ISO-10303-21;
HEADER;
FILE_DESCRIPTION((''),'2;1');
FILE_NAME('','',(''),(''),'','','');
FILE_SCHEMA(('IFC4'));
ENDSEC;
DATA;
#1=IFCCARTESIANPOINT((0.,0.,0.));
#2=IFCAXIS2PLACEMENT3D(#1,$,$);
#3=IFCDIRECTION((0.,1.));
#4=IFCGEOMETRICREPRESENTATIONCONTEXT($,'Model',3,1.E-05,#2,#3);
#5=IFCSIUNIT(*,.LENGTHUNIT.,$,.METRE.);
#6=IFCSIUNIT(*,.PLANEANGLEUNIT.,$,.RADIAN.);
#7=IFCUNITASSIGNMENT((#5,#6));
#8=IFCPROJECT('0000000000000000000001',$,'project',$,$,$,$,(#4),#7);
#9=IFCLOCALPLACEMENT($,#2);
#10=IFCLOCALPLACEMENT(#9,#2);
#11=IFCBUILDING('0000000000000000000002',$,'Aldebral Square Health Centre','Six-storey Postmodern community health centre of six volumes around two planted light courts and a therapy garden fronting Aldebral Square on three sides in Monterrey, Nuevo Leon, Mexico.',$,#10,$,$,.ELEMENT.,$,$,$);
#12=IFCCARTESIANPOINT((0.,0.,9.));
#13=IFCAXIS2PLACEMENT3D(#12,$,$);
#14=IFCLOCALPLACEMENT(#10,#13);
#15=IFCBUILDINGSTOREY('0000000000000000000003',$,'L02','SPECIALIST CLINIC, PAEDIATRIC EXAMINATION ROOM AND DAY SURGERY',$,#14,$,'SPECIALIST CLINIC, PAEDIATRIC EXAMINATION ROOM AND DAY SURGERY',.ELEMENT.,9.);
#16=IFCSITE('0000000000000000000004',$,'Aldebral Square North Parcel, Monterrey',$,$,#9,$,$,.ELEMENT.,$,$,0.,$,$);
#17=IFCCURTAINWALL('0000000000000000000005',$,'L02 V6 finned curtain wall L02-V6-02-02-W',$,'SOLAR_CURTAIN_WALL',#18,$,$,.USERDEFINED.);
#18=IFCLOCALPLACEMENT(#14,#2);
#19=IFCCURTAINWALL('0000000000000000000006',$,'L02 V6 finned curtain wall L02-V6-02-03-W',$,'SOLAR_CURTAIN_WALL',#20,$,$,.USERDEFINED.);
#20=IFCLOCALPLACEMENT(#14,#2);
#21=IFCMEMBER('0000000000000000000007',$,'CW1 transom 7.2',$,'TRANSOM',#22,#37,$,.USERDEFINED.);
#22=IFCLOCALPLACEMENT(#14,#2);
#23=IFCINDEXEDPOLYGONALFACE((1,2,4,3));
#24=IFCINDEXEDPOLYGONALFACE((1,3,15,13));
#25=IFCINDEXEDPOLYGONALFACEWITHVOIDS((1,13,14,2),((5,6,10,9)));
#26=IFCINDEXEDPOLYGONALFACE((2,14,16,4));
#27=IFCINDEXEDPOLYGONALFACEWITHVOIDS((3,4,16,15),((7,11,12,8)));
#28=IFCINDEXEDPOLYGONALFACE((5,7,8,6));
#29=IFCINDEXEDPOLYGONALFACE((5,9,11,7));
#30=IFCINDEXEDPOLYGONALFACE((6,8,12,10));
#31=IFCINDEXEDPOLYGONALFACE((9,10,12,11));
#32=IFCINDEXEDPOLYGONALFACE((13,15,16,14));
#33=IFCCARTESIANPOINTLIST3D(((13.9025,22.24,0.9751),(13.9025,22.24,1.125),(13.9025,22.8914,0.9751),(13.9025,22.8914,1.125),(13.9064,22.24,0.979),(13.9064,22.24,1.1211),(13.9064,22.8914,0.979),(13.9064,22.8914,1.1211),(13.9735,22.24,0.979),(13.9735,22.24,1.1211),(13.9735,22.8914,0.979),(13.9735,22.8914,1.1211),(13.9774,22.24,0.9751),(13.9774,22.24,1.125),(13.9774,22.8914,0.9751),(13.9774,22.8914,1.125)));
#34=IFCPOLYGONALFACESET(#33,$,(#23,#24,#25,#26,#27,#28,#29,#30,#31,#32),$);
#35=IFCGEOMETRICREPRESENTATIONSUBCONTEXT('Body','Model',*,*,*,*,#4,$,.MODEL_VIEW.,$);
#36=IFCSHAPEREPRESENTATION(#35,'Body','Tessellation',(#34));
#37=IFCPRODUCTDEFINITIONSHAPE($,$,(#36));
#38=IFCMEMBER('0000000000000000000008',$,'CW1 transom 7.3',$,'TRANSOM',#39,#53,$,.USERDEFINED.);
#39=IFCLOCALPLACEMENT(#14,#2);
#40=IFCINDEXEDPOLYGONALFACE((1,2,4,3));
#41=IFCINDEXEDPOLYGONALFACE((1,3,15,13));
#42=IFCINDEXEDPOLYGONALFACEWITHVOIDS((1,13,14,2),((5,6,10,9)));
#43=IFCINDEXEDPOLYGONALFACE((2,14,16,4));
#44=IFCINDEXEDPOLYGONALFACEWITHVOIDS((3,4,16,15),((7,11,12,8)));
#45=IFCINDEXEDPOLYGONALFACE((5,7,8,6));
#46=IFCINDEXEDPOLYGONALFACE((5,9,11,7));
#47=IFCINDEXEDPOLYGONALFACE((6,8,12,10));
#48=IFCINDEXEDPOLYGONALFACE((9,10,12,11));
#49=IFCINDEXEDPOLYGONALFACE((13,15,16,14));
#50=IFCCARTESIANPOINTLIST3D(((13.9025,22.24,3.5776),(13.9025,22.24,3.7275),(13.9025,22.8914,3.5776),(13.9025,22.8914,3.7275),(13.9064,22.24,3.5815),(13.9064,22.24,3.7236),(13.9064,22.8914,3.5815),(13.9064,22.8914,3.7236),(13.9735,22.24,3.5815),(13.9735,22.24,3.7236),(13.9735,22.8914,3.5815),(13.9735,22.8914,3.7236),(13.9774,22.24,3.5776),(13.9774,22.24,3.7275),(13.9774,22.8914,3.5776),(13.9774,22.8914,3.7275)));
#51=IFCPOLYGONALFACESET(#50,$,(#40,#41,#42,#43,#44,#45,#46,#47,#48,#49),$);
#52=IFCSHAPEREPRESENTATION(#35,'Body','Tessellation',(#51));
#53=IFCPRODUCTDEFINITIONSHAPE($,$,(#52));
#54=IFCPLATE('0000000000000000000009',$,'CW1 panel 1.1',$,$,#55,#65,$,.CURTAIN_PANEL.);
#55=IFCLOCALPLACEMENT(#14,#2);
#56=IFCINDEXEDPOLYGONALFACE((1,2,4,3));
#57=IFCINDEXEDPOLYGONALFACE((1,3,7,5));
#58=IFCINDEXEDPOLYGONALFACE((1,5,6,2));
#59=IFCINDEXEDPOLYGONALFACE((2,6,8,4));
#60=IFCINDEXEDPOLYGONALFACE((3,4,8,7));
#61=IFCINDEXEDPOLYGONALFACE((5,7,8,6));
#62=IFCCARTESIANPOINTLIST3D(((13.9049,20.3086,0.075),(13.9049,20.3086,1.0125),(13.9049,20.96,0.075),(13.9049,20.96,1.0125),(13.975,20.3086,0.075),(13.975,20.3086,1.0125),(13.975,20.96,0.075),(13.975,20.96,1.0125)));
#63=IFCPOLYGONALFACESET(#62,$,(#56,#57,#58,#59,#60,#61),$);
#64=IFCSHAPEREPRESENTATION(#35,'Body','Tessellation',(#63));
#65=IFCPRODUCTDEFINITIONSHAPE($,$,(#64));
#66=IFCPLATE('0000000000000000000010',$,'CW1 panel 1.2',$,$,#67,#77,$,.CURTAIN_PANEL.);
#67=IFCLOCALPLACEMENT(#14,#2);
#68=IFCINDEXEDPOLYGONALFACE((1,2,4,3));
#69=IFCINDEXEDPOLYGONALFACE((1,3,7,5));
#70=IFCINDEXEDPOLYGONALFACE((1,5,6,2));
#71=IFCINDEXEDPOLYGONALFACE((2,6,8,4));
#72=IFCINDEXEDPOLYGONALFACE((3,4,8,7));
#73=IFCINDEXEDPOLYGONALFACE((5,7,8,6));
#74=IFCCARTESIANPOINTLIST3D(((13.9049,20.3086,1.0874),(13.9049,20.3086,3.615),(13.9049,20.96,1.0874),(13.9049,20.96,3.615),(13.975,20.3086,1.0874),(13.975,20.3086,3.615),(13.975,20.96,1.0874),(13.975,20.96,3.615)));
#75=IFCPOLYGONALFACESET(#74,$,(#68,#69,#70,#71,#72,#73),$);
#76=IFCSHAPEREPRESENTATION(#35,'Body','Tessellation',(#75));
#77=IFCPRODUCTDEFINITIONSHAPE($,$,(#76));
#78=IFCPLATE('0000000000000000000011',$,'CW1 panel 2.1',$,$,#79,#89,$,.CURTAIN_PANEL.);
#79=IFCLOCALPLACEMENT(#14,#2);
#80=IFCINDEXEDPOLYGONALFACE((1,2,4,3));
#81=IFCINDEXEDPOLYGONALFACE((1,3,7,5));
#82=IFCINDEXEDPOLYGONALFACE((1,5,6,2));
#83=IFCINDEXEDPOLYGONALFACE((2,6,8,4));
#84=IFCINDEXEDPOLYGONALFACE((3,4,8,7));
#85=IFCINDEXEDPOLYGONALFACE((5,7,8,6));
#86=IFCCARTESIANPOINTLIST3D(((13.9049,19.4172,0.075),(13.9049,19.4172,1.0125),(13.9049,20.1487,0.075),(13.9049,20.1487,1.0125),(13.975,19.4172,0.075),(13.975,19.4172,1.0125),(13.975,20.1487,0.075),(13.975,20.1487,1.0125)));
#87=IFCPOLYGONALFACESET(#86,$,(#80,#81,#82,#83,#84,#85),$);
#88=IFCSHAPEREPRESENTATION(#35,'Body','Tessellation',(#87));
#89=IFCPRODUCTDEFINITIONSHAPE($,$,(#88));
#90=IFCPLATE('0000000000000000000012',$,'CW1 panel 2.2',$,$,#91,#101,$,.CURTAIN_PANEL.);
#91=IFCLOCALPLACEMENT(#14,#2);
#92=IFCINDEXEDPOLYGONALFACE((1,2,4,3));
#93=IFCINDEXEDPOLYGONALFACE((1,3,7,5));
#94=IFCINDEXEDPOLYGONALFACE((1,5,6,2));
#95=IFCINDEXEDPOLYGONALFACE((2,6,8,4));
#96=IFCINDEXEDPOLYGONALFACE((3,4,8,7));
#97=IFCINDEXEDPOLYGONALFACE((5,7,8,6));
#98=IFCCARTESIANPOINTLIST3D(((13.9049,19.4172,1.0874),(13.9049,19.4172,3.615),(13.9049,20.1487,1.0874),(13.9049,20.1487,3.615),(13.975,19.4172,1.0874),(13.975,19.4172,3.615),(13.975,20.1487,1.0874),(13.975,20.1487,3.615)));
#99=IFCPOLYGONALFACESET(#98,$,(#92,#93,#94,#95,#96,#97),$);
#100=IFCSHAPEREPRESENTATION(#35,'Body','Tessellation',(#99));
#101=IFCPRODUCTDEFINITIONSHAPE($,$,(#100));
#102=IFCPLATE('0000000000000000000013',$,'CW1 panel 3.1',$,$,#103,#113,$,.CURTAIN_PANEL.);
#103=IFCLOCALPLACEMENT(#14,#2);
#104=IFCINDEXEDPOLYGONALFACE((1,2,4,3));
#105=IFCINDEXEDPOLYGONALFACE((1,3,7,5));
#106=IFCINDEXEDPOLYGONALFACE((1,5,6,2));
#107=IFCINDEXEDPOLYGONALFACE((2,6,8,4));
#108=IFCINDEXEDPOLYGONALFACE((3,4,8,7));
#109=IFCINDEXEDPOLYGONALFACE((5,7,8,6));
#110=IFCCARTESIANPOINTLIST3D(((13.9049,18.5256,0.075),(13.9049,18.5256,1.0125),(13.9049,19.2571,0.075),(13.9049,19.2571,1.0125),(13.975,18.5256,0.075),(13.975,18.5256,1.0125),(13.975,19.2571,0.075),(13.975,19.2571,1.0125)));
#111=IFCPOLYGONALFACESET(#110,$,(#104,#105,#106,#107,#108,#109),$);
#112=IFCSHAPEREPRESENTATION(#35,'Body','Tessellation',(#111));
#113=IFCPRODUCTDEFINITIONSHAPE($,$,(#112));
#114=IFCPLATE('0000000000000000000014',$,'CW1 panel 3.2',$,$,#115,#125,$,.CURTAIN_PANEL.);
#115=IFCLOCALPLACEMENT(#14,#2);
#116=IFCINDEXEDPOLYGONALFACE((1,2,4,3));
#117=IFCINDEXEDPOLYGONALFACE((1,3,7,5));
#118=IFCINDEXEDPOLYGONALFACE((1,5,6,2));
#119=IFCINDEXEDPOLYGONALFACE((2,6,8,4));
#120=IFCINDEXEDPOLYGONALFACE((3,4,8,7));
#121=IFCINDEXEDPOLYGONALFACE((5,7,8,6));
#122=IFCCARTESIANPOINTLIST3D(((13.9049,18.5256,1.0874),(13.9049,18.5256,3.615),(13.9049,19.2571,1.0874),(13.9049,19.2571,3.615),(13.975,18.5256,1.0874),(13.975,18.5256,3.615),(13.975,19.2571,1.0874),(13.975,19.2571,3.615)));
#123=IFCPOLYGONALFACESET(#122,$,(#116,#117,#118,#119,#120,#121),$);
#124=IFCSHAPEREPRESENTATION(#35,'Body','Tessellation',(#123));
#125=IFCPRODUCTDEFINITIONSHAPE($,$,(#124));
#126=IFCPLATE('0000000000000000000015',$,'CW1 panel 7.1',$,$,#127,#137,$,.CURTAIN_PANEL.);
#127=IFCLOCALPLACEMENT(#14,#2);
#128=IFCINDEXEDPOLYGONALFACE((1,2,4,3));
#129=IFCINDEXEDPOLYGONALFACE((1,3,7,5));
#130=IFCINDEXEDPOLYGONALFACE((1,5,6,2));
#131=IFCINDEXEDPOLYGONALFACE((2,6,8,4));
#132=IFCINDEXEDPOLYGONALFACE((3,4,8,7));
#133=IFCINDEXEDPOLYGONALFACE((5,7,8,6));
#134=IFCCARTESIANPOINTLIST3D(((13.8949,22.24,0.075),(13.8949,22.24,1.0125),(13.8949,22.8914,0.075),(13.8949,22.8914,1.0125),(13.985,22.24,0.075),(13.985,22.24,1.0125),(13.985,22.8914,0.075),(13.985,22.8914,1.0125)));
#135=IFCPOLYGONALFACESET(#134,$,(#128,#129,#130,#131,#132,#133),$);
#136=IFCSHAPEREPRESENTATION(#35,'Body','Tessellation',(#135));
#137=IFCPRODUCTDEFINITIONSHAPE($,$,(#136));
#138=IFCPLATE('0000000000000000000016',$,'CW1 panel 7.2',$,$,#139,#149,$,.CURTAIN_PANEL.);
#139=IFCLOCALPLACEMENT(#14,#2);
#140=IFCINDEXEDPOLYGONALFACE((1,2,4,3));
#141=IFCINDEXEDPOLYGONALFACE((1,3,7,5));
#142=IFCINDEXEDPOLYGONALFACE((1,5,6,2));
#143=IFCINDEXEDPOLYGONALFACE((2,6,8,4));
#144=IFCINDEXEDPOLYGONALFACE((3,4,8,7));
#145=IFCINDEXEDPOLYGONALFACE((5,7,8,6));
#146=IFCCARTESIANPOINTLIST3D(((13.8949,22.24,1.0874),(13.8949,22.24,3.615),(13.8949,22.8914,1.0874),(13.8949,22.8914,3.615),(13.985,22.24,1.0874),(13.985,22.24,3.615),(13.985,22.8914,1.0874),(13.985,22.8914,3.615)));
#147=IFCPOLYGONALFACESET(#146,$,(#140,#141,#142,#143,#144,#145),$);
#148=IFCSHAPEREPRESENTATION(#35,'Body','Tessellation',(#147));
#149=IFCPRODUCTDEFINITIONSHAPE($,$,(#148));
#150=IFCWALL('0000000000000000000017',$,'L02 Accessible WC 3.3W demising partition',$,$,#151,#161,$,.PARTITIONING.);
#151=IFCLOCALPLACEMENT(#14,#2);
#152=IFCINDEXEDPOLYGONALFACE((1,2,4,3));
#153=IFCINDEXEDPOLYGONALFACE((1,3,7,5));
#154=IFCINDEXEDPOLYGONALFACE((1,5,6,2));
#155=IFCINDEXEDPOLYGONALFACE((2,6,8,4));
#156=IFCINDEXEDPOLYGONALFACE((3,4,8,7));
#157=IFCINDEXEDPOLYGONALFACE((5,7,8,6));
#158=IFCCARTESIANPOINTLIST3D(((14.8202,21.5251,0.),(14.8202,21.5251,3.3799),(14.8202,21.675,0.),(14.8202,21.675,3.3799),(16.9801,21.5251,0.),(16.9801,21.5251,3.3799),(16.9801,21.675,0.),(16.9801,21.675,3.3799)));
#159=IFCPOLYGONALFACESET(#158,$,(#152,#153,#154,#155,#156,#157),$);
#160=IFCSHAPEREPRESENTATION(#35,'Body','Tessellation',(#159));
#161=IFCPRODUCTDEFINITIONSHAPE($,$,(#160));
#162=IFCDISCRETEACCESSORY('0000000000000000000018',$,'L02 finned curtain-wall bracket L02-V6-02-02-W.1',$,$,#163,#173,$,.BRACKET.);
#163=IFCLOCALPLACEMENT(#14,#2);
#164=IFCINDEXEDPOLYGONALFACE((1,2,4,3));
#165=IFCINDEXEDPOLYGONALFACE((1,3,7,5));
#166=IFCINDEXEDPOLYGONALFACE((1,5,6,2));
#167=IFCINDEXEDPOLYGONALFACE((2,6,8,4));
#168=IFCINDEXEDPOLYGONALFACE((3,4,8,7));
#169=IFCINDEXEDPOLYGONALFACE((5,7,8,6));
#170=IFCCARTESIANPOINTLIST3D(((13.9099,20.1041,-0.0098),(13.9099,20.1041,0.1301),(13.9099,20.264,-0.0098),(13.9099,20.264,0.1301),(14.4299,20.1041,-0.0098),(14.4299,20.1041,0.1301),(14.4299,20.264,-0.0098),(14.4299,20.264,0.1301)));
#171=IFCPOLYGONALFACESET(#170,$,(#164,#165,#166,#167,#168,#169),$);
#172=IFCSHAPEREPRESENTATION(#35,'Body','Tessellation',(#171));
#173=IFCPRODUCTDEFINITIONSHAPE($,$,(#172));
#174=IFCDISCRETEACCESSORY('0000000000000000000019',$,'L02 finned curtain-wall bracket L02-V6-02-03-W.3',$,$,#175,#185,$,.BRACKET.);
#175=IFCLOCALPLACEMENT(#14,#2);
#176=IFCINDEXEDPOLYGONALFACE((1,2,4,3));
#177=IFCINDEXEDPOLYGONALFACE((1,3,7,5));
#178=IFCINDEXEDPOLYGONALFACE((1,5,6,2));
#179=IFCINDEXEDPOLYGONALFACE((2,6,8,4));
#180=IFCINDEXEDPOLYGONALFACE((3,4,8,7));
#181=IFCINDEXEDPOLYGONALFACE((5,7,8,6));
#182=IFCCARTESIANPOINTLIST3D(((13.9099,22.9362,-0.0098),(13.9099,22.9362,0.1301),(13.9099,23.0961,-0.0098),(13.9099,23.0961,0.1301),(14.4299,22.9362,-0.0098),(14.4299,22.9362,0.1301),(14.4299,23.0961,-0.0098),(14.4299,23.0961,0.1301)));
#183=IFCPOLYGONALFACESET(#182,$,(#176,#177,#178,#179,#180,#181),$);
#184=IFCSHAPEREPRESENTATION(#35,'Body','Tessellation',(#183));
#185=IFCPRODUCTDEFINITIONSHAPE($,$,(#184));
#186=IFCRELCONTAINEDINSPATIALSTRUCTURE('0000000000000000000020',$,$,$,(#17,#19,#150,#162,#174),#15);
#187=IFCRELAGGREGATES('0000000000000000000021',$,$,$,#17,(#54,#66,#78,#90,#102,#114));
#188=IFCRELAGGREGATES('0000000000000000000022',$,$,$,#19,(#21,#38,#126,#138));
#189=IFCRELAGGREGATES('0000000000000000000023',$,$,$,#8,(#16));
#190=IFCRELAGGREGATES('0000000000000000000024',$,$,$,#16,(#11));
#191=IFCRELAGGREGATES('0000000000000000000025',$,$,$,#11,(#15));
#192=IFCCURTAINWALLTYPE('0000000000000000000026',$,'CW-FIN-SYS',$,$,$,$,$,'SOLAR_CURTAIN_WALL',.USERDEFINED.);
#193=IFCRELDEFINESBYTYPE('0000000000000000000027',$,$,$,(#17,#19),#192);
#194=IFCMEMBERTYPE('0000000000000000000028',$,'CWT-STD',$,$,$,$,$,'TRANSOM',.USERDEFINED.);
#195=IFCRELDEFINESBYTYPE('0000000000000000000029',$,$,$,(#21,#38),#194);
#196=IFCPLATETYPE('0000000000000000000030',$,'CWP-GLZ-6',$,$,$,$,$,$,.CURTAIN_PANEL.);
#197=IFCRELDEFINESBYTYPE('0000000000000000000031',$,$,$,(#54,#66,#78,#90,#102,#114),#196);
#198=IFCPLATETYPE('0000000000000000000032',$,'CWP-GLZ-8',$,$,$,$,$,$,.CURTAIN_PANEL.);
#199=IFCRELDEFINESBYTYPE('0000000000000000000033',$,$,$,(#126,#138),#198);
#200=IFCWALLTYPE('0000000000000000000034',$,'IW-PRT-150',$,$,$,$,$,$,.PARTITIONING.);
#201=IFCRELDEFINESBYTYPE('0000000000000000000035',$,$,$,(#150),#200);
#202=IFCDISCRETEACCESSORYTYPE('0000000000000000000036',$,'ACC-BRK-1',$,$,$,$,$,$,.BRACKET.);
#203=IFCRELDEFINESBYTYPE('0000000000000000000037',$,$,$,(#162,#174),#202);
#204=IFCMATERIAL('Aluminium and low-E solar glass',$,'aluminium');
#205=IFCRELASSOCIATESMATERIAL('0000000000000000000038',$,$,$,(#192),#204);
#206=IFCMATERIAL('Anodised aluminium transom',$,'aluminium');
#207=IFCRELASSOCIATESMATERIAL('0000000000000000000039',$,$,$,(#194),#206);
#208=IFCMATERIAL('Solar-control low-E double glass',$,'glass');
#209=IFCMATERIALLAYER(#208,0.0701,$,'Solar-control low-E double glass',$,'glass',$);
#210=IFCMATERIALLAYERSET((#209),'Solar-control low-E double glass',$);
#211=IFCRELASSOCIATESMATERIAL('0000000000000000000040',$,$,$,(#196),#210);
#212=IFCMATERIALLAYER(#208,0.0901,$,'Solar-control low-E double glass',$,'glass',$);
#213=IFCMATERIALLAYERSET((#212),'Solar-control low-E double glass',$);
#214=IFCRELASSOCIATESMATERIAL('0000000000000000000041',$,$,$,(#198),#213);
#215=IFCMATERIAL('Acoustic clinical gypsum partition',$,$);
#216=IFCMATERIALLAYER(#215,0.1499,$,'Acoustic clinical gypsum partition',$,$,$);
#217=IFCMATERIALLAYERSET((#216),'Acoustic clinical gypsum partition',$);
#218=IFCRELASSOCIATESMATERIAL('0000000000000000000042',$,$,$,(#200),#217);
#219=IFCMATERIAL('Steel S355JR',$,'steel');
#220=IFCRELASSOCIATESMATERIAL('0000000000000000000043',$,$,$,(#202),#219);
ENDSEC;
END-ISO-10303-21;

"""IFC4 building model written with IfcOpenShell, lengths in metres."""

from ifc_helpers import new_model, si_unit, direction, frame, frame_2d, origin, origin_2d, place, context, subcontext, project, spatial, rectangle, hollow_rectangle, extrude, material, layer, layer_set, material_profile, profile_set, type_object, element, aggregate, save


model = new_model("IFC4")

# Units and contexts
model_context = context("Model", 3, precision=1e-05, world=origin(), true_north=direction((0.0, 1.0)))
body_context = subcontext(model_context, "Body", "Model", "MODEL_VIEW")
ifc_project = project(units=[si_unit("LENGTHUNIT", "METRE"), si_unit("PLANEANGLEUNIT", "RADIAN")], contexts=[model_context])

# Site, building, storey
site_placement = place(None, origin())
site = spatial("IfcSite", under=ifc_project, at=site_placement, Name="Aldebral Square North Parcel, Monterrey", CompositionType="ELEMENT", RefElevation=0.0)
building_placement = place(site_placement, origin())
building = spatial("IfcBuilding", under=site, at=building_placement, Name="Aldebral Square Health Centre", Description="Six-storey Postmodern community health centre of six volumes around two planted light courts and a therapy garden fronting Aldebral Square on three sides in Monterrey, Nuevo Leon, Mexico.", CompositionType="ELEMENT")
storey_placement = place(building_placement, frame((0.0, 0.0, 9.0)))
storey = spatial("IfcBuildingStorey", under=building, at=storey_placement, Name="L02", Description="SPECIALIST CLINIC, PAEDIATRIC EXAMINATION ROOM AND DAY SURGERY", LongName="SPECIALIST CLINIC, PAEDIATRIC EXAMINATION ROOM AND DAY SURGERY", CompositionType="ELEMENT", Elevation=9.0)

# Curtain walls
ifc_material_1 = material(Name="Aluminium and low-E solar glass", Category="aluminium")
curtain_wall_type = type_object("IfcCurtainWallType", Name="CW-FIN-SYS", ElementType="SOLAR_CURTAIN_WALL", PredefinedType="USERDEFINED", material=ifc_material_1)
curtain_wall_1_placement = place(storey_placement, origin())
curtain_wall_1 = element("IfcCurtainWall", 1, at=curtain_wall_1_placement, inside=storey, type_object=curtain_wall_type, Name="L02 V6 finned curtain wall L02-V6-02-02-W", ObjectType="SOLAR_CURTAIN_WALL", PredefinedType="USERDEFINED")
curtain_wall_2_placement = place(storey_placement, origin())
curtain_wall_2 = element("IfcCurtainWall", 2, at=curtain_wall_2_placement, inside=storey, type_object=curtain_wall_type, Name="L02 V6 finned curtain wall L02-V6-02-03-W", ObjectType="SOLAR_CURTAIN_WALL", PredefinedType="USERDEFINED")

# Members
ifc_material_2 = material(Name="Anodised aluminium transom", Category="aluminium")
ifc_material_profile_1 = material_profile(ifc_material_2, hollow_rectangle(XDim=0.075, YDim=0.1499, WallThickness=0.0039, at=origin_2d()), Name="CWT 75x150x4")
ifc_profile_set_1 = profile_set([ifc_material_profile_1], Name="Anodised aluminium transom")
member_type_1 = type_object("IfcMemberType", Name="CWT-STD", ElementType="TRANSOM", PredefinedType="USERDEFINED", material=ifc_profile_set_1)
member_1_placement = place(storey_placement, frame((13.9399, 22.8914, 1.05), z_axis=(0.0, -1.0, 0.0), x_axis=(1.0, 0.0, 0.0)))
member_1 = element("IfcMember", 3, at=member_1_placement, type_object=member_type_1, Name="CW1 transom 7.2", ObjectType="TRANSOM", PredefinedType="USERDEFINED", context=body_context, shape_type="SweptSolid", body=[
    extrude(hollow_rectangle(XDim=0.075, YDim=0.1499, WallThickness=0.0039, at=origin_2d()), origin(), (0.0, 0.0, 1.0), 0.6514),
])
member_2_placement = place(storey_placement, frame((13.9399, 22.8914, 3.6526), z_axis=(0.0, -1.0, 0.0), x_axis=(1.0, 0.0, 0.0)))
member_2 = element("IfcMember", 4, at=member_2_placement, type_object=member_type_1, Name="CW1 transom 7.3", ObjectType="TRANSOM", PredefinedType="USERDEFINED", context=body_context, shape_type="SweptSolid", body=[
    extrude(hollow_rectangle(XDim=0.075, YDim=0.1499, WallThickness=0.0039, at=origin_2d()), origin(), (0.0, 0.0, 1.0), 0.6514),
])

# Plates
ifc_material_3 = material(Name="Solar-control low-E double glass", Category="glass")
ifc_layer_1 = layer(ifc_material_3, 0.0701, Name="Solar-control low-E double glass", Category="glass")
ifc_layer_set_1 = layer_set([ifc_layer_1], Name="Solar-control low-E double glass")
plate_type_1 = type_object("IfcPlateType", Name="CWP-GLZ-6", PredefinedType="CURTAIN_PANEL", material=ifc_layer_set_1)
plate_1_placement = place(storey_placement, frame((13.9399, 20.6343, 0.075), z_axis=(0.0, 0.0, 1.0), x_axis=(0.0, -1.0, 0.0)))
plate_1 = element("IfcPlate", 5, at=plate_1_placement, type_object=plate_type_1, Name="CW1 panel 1.1", PredefinedType="CURTAIN_PANEL", context=body_context, shape_type="SweptSolid", body=[
    extrude(rectangle(XDim=0.6514, YDim=0.0701, at=origin_2d()), origin(), (0.0, 0.0, 1.0), 0.9375),
])
plate_2_placement = place(storey_placement, frame((13.9399, 20.6343, 1.0874), z_axis=(0.0, 0.0, 1.0), x_axis=(0.0, -1.0, 0.0)))
plate_2 = element("IfcPlate", 6, at=plate_2_placement, type_object=plate_type_1, Name="CW1 panel 1.2", PredefinedType="CURTAIN_PANEL", context=body_context, shape_type="SweptSolid", body=[
    extrude(rectangle(XDim=0.6514, YDim=0.0701, at=origin_2d()), origin(), (0.0, 0.0, 1.0), 2.5276),
])
plate_3_placement = place(storey_placement, frame((13.9399, 19.783, 0.075), z_axis=(0.0, 0.0, 1.0), x_axis=(0.0, -1.0, 0.0)))
plate_3 = element("IfcPlate", 7, at=plate_3_placement, type_object=plate_type_1, Name="CW1 panel 2.1", PredefinedType="CURTAIN_PANEL", context=body_context, shape_type="SweptSolid", body=[
    extrude(rectangle(XDim=0.7314, YDim=0.0701, at=origin_2d()), origin(), (0.0, 0.0, 1.0), 0.9375),
])
plate_4_placement = place(storey_placement, frame((13.9399, 19.783, 1.0874), z_axis=(0.0, 0.0, 1.0), x_axis=(0.0, -1.0, 0.0)))
plate_4 = element("IfcPlate", 8, at=plate_4_placement, type_object=plate_type_1, Name="CW1 panel 2.2", PredefinedType="CURTAIN_PANEL", context=body_context, shape_type="SweptSolid", body=[
    extrude(rectangle(XDim=0.7314, YDim=0.0701, at=origin_2d()), origin(), (0.0, 0.0, 1.0), 2.5276),
])
plate_5_placement = place(storey_placement, frame((13.9399, 18.8914, 0.075), z_axis=(0.0, 0.0, 1.0), x_axis=(0.0, -1.0, 0.0)))
plate_5 = element("IfcPlate", 9, at=plate_5_placement, type_object=plate_type_1, Name="CW1 panel 3.1", PredefinedType="CURTAIN_PANEL", context=body_context, shape_type="SweptSolid", body=[
    extrude(rectangle(XDim=0.7314, YDim=0.0701, at=origin_2d()), origin(), (0.0, 0.0, 1.0), 0.9375),
])
plate_6_placement = place(storey_placement, frame((13.9399, 18.8914, 1.0874), z_axis=(0.0, 0.0, 1.0), x_axis=(0.0, -1.0, 0.0)))
plate_6 = element("IfcPlate", 10, at=plate_6_placement, type_object=plate_type_1, Name="CW1 panel 3.2", PredefinedType="CURTAIN_PANEL", context=body_context, shape_type="SweptSolid", body=[
    extrude(rectangle(XDim=0.7314, YDim=0.0701, at=origin_2d()), origin(), (0.0, 0.0, 1.0), 2.5276),
])
aggregate(curtain_wall_1, [plate_1, plate_2, plate_3, plate_4, plate_5, plate_6])
ifc_layer_2 = layer(ifc_material_3, 0.0901, Name="Solar-control low-E double glass", Category="glass")
ifc_layer_set_2 = layer_set([ifc_layer_2], Name="Solar-control low-E double glass")
plate_type_2 = type_object("IfcPlateType", Name="CWP-GLZ-8", PredefinedType="CURTAIN_PANEL", material=ifc_layer_set_2)
plate_7_placement = place(storey_placement, frame((13.9399, 22.5657, 0.075), z_axis=(0.0, 0.0, 1.0), x_axis=(0.0, -1.0, 0.0)))
plate_7 = element("IfcPlate", 11, at=plate_7_placement, type_object=plate_type_2, Name="CW1 panel 7.1", PredefinedType="CURTAIN_PANEL", context=body_context, shape_type="SweptSolid", body=[
    extrude(rectangle(XDim=0.6514, YDim=0.0901, at=origin_2d()), origin(), (0.0, 0.0, 1.0), 0.9375),
])
plate_8_placement = place(storey_placement, frame((13.9399, 22.5657, 1.0874), z_axis=(0.0, 0.0, 1.0), x_axis=(0.0, -1.0, 0.0)))
plate_8 = element("IfcPlate", 12, at=plate_8_placement, type_object=plate_type_2, Name="CW1 panel 7.2", PredefinedType="CURTAIN_PANEL", context=body_context, shape_type="SweptSolid", body=[
    extrude(rectangle(XDim=0.6514, YDim=0.0901, at=origin_2d()), origin(), (0.0, 0.0, 1.0), 2.5276),
])
aggregate(curtain_wall_2, [member_1, member_2, plate_7, plate_8])

# Wall
ifc_material_4 = material(Name="Acoustic clinical gypsum partition")
ifc_layer_3 = layer(ifc_material_4, 0.1499, Name="Acoustic clinical gypsum partition")
ifc_layer_set_3 = layer_set([ifc_layer_3], Name="Acoustic clinical gypsum partition")
wall_type = type_object("IfcWallType", Name="IW-PRT-150", PredefinedType="PARTITIONING", material=ifc_layer_set_3)
wall_placement = place(storey_placement, frame((14.8201, 21.6001, 0.0), z_axis=(0.0, 0.0, 1.0), x_axis=(1.0, 0.0, 0.0)))
element("IfcWall", 13, at=wall_placement, inside=storey, type_object=wall_type, Name="L02 Accessible WC 3.3W demising partition", PredefinedType="PARTITIONING", context=body_context, shape_type="SweptSolid", body=[
    extrude(rectangle(XDim=2.1599, YDim=0.1499, at=frame_2d((1.0801, 0.0))), origin(), (0.0, 0.0, 1.0), 3.3799),
])

# Discrete accessories
ifc_material_5 = material(Name="Steel S355JR", Category="steel")
discrete_accessory_type = type_object("IfcDiscreteAccessoryType", Name="ACC-BRK-1", PredefinedType="BRACKET", material=ifc_material_5)
for number, where, z_axis, x_axis, name in (
    (14, (14.1699, 20.1841, -0.0098), (0.0, 0.0, 1.0), (0.0, 1.0, 0.0), "L02 finned curtain-wall bracket L02-V6-02-02-W.1"),
    (15, (14.1699, 23.0161, -0.0098), (0.0, 0.0, 1.0), (0.0, 1.0, 0.0), "L02 finned curtain-wall bracket L02-V6-02-03-W.3"),
):
    element("IfcDiscreteAccessory", number, at=place(storey_placement, frame(where, z_axis=z_axis, x_axis=x_axis)), inside=storey, type_object=discrete_accessory_type, Name=name, PredefinedType="BRACKET", context=body_context, shape_type="SweptSolid", body=[
        extrude(rectangle(XDim=0.1599, YDim=0.52, at=origin_2d()), origin(), (0.0, 0.0, 1.0), 0.1399),
    ])

save(model, "model.ifc")
